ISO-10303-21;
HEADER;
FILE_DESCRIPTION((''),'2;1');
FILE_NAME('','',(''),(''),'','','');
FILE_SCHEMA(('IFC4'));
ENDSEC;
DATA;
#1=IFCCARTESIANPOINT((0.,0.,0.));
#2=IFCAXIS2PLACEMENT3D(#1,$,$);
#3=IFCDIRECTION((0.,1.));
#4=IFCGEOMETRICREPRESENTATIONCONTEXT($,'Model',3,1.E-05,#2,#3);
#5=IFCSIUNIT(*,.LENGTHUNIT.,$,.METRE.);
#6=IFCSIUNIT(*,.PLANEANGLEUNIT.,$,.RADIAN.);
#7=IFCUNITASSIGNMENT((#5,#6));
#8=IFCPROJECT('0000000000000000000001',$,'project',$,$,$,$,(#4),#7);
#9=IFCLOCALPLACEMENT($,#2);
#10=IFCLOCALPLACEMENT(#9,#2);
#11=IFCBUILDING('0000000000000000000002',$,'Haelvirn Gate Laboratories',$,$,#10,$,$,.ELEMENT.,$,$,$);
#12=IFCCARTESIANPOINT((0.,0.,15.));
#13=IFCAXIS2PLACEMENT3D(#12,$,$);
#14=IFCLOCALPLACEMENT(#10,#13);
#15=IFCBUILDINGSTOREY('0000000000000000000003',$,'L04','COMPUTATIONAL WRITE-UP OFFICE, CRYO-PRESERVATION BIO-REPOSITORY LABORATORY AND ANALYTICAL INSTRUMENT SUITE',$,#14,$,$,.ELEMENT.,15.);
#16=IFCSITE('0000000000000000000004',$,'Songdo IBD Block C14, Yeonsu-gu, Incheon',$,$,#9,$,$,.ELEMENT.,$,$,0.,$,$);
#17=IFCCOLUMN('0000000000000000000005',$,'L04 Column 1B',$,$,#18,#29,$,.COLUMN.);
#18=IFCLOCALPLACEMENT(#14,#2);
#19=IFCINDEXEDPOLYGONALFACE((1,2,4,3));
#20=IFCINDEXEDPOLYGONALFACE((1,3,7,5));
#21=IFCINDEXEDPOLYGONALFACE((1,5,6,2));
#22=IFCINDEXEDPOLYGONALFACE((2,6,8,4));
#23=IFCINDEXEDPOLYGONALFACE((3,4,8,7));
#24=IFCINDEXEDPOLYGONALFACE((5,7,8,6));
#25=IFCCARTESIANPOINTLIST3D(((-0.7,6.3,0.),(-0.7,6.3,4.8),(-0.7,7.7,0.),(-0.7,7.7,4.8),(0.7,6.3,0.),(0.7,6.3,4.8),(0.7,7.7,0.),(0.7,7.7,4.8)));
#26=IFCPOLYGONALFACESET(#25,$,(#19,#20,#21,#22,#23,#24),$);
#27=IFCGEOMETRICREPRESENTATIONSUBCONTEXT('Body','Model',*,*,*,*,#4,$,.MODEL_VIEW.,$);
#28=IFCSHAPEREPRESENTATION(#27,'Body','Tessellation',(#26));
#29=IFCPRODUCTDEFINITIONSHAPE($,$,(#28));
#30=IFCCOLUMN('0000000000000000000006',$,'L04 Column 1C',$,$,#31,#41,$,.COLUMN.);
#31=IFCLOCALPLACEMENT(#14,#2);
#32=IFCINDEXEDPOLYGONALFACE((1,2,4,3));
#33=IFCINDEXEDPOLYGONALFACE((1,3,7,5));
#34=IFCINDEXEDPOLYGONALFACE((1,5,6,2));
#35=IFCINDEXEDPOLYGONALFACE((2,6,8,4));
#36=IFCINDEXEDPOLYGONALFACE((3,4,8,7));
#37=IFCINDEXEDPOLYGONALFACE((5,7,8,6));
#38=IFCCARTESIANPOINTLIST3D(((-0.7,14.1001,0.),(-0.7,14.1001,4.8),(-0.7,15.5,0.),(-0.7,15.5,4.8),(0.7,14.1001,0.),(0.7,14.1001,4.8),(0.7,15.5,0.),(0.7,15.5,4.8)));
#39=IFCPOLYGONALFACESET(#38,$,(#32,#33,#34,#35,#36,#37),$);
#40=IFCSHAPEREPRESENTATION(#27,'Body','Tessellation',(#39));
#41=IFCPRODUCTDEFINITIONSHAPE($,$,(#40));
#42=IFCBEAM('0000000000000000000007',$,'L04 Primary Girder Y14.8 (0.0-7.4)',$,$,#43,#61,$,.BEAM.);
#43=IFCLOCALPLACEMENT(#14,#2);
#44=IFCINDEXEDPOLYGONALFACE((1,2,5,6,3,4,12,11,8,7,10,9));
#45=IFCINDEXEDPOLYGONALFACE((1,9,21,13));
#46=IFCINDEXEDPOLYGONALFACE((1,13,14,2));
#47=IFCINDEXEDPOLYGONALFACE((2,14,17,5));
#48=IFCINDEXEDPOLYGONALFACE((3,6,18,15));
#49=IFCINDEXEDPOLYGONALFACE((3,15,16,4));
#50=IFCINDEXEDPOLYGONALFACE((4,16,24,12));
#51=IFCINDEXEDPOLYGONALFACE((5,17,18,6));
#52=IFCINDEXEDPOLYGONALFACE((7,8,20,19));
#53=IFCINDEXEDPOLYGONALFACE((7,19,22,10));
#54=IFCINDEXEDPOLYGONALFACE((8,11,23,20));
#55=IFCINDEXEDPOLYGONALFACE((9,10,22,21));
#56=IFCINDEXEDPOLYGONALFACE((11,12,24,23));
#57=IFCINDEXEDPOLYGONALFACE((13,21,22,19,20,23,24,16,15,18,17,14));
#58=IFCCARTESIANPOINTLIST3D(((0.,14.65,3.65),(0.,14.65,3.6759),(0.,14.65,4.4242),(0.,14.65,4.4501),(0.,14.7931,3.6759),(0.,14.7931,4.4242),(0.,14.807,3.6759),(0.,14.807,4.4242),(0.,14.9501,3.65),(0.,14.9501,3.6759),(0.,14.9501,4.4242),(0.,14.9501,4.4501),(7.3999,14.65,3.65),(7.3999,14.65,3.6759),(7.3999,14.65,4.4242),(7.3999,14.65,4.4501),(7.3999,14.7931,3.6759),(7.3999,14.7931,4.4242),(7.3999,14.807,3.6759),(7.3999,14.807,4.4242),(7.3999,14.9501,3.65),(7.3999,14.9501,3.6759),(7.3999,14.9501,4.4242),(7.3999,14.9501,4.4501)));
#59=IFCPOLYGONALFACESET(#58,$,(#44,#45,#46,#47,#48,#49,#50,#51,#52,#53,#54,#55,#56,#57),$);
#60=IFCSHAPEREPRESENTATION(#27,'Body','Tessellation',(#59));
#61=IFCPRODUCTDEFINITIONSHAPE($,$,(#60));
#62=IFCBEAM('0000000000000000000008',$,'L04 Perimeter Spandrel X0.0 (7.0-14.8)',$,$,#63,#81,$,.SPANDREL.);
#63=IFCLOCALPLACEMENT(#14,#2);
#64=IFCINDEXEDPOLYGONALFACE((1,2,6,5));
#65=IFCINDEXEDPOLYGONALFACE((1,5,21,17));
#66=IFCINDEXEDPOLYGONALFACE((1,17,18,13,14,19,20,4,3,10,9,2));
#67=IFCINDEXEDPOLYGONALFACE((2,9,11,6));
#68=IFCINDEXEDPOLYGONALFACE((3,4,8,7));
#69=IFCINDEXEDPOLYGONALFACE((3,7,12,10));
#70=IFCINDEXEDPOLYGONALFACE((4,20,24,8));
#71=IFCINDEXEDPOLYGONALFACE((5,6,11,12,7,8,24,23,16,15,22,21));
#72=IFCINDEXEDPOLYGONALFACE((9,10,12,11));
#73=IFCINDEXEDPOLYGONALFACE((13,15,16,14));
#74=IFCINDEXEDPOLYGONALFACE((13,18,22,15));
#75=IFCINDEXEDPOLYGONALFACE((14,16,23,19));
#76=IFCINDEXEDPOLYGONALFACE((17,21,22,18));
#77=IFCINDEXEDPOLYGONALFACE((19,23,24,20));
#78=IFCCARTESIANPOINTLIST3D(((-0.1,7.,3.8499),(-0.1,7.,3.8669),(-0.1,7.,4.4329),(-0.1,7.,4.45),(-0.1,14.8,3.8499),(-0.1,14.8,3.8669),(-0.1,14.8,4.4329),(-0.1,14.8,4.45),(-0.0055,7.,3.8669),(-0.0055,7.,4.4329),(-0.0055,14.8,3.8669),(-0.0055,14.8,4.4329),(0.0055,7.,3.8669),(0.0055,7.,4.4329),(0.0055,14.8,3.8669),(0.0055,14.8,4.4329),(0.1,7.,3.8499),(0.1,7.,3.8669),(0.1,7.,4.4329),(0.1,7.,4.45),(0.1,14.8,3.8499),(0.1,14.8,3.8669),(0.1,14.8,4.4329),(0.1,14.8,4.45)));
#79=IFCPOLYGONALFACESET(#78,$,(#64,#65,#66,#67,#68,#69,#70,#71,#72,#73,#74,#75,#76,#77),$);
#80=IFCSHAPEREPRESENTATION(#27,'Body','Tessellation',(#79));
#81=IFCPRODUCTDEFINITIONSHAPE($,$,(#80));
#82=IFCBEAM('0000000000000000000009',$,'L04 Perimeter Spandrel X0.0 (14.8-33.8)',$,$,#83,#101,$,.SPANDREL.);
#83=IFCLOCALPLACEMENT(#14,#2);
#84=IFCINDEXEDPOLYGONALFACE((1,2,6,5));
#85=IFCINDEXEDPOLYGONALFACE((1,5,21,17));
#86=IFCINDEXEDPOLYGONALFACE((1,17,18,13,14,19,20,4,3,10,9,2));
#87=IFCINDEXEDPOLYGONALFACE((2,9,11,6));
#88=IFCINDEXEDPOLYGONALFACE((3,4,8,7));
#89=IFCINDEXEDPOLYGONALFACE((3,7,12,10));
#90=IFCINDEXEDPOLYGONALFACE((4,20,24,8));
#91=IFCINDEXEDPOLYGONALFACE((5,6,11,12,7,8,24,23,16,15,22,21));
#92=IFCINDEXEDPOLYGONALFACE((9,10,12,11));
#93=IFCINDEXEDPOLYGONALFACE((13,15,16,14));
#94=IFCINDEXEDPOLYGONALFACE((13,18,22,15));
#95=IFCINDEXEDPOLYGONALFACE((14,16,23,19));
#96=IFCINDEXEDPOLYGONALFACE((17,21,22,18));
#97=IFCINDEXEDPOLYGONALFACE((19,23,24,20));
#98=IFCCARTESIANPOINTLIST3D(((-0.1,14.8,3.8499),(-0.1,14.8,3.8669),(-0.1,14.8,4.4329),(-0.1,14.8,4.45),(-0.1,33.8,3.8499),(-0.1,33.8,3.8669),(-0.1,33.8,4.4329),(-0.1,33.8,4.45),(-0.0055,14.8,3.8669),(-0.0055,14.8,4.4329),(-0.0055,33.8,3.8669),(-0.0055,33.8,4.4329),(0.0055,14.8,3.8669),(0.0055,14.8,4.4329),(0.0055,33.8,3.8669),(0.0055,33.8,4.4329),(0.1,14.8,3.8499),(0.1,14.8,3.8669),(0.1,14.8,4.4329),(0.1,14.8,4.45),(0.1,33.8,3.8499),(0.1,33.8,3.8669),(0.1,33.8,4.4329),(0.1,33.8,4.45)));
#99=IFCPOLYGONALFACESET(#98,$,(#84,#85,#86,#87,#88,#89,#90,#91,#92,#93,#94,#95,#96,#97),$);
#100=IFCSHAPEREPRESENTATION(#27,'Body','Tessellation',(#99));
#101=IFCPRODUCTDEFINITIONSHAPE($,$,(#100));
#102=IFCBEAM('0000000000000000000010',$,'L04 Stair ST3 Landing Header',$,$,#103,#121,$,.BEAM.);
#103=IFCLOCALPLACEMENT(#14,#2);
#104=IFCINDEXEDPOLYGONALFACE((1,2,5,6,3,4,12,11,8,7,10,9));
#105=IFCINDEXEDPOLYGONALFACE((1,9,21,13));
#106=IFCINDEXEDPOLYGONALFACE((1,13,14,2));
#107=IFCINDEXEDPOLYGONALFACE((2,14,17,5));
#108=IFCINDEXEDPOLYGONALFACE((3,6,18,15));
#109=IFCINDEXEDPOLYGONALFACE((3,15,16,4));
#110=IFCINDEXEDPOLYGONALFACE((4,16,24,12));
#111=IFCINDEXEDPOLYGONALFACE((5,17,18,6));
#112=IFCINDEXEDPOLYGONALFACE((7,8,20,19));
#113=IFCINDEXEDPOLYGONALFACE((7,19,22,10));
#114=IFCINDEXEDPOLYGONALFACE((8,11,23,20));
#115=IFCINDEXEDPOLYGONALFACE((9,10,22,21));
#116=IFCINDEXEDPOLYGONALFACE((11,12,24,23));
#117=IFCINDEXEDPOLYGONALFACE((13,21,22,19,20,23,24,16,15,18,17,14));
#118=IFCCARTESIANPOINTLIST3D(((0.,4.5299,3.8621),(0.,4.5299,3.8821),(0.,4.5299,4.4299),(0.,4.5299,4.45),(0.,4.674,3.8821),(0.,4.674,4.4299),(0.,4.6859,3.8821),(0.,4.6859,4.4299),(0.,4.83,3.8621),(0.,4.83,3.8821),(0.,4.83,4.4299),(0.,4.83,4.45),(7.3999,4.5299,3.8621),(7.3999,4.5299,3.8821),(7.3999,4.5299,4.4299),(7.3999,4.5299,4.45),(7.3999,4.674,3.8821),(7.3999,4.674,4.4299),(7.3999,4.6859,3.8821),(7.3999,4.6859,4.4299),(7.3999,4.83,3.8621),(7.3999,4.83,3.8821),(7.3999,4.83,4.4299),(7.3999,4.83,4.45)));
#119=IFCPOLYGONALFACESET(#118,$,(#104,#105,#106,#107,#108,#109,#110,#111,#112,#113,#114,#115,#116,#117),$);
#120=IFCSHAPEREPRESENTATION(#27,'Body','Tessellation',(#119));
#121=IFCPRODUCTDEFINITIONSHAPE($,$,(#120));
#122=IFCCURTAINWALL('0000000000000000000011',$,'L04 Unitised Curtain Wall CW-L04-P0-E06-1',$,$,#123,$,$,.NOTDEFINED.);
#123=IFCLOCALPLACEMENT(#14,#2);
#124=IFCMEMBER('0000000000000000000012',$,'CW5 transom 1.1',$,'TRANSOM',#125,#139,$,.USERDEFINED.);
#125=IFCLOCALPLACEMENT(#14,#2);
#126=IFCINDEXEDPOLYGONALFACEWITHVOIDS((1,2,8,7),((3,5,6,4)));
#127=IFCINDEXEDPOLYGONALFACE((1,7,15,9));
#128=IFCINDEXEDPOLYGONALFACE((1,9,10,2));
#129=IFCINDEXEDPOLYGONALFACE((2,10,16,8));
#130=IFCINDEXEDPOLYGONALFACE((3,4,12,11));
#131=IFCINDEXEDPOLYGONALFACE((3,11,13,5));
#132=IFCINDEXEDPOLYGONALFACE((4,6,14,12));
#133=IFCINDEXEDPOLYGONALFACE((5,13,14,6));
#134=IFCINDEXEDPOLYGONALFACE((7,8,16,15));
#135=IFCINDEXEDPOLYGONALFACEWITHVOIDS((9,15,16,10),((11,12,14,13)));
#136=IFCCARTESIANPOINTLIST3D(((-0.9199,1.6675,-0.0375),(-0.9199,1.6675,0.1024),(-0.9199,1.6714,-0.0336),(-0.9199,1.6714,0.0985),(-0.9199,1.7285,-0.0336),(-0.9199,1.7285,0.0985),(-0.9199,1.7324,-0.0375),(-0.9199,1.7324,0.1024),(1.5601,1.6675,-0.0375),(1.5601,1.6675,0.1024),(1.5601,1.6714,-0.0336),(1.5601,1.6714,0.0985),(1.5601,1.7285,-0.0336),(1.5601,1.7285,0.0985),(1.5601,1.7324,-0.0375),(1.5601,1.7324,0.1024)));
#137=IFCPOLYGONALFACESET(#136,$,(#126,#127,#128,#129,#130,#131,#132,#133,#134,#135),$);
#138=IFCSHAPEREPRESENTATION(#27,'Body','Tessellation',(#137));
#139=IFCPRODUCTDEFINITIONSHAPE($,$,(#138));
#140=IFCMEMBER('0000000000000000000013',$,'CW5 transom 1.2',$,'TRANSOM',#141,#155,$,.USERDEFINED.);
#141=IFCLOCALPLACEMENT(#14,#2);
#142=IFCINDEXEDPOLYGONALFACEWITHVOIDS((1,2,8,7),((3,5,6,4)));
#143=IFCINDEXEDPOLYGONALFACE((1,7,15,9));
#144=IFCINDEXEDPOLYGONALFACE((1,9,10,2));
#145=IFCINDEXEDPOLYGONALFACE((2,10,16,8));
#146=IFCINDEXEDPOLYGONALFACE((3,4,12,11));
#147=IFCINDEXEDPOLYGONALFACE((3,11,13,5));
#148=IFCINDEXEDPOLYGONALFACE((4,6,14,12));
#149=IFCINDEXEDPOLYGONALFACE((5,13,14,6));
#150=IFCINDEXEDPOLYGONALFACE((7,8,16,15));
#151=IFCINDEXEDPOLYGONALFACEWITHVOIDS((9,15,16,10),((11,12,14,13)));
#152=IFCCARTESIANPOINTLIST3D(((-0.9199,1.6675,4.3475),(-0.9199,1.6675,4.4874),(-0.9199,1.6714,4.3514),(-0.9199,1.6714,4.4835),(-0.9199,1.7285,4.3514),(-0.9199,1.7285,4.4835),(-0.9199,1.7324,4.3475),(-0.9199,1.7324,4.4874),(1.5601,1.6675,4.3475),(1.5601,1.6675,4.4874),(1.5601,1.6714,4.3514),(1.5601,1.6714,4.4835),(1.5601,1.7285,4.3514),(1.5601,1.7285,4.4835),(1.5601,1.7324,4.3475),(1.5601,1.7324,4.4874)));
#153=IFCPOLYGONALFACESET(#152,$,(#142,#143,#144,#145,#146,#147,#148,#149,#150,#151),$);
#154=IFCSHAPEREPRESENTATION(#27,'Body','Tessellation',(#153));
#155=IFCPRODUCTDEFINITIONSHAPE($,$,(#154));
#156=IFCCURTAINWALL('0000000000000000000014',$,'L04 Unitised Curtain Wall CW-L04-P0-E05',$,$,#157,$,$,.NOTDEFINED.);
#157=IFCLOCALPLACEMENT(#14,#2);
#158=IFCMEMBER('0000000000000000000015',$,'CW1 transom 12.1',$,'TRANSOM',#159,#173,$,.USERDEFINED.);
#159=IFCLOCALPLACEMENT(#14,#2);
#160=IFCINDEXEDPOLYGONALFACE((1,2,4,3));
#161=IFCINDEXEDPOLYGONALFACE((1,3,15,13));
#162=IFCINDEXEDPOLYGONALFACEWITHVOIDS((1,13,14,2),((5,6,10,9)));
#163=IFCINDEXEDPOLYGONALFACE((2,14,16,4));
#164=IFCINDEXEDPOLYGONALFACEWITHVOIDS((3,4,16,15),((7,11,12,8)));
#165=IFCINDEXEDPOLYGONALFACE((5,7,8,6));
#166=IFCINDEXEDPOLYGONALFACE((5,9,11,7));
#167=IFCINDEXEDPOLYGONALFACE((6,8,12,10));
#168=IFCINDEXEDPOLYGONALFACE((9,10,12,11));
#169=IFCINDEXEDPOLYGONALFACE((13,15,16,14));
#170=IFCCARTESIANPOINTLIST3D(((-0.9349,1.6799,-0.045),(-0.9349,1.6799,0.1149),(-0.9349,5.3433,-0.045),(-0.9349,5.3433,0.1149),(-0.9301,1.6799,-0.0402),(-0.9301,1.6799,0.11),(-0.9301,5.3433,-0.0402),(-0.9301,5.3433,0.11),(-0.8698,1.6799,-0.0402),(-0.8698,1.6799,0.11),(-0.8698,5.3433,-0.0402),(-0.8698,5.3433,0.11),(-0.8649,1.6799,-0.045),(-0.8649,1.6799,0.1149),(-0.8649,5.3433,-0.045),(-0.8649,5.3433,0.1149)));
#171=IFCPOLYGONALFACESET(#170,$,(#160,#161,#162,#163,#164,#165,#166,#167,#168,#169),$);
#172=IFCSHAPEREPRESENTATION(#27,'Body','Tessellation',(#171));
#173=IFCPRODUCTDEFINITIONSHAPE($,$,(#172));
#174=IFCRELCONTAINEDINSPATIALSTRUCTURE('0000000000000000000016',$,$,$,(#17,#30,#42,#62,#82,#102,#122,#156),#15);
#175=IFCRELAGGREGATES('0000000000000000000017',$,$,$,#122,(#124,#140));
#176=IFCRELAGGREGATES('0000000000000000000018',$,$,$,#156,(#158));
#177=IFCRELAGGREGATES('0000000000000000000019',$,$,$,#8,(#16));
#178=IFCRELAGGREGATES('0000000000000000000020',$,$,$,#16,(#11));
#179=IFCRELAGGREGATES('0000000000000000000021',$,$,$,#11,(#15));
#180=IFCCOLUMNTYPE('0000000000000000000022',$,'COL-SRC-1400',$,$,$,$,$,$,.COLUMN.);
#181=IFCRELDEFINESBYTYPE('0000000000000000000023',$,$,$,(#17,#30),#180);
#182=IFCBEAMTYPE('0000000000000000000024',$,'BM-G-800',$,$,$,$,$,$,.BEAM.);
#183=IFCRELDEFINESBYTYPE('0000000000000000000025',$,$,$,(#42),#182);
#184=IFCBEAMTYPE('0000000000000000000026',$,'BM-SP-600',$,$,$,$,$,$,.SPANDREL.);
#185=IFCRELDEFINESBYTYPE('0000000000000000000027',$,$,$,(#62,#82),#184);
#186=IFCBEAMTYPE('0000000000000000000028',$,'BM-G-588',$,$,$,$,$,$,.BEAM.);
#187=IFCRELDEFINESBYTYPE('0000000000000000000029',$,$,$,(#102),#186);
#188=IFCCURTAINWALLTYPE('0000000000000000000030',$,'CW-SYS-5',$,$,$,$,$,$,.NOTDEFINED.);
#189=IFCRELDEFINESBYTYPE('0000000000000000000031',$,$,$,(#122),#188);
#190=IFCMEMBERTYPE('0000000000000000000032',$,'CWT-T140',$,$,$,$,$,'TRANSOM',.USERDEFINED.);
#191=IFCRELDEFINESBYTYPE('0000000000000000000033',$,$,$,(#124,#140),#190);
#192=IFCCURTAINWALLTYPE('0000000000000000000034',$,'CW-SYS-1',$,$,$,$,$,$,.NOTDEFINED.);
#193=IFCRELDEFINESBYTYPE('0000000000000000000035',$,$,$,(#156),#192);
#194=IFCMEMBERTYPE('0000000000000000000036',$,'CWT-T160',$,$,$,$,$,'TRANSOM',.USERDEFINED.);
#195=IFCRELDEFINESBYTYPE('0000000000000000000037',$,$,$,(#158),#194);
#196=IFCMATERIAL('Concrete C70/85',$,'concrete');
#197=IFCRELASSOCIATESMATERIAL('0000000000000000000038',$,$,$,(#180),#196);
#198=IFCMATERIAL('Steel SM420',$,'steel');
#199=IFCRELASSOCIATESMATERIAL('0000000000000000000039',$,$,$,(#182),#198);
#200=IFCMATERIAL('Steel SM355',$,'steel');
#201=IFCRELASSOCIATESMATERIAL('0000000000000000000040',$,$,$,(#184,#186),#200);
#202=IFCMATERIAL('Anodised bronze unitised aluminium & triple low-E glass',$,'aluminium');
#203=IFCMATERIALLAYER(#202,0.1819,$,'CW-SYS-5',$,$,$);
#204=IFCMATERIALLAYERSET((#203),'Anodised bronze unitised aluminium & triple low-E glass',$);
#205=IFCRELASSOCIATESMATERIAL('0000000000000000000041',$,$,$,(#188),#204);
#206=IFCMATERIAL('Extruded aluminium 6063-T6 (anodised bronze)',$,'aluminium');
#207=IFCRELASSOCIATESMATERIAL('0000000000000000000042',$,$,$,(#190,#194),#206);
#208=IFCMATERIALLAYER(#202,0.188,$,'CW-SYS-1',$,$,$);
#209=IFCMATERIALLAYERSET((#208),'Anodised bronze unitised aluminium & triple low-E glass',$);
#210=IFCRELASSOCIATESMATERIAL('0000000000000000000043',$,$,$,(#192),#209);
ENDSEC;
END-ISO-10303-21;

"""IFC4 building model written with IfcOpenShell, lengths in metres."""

from ifc_helpers import new_model, si_unit, direction, frame, origin, origin_2d, place, context, subcontext, project, spatial, rectangle, hollow_rectangle, i_section, extrude, source, transform, mapped, material, layer, layer_set, material_profile, profile_set, type_object, type_shapes, element, aggregate, save


model = new_model("IFC4")

# Units and contexts
model_context = context("Model", 3, precision=1e-05, world=origin(), true_north=direction((0.0, 1.0)))
body_context = subcontext(model_context, "Body", "Model", "MODEL_VIEW")
ifc_project = project(units=[si_unit("LENGTHUNIT", "METRE"), si_unit("PLANEANGLEUNIT", "RADIAN")], contexts=[model_context])

# Site, building, storey
site_placement = place(None, origin())
site = spatial("IfcSite", under=ifc_project, at=site_placement, Name="Songdo IBD Block C14, Yeonsu-gu, Incheon", CompositionType="ELEMENT", RefElevation=0.0)
building_placement = place(site_placement, origin())
building = spatial("IfcBuilding", under=site, at=building_placement, Name="Haelvirn Gate Laboratories", CompositionType="ELEMENT")
storey_placement = place(building_placement, frame((0.0, 0.0, 15.0)))
storey = spatial("IfcBuildingStorey", under=building, at=storey_placement, Name="L04", Description="COMPUTATIONAL WRITE-UP OFFICE, CRYO-PRESERVATION BIO-REPOSITORY LABORATORY AND ANALYTICAL INSTRUMENT SUITE", CompositionType="ELEMENT", Elevation=15.0)

# Columns
ifc_material_1 = material(Name="Concrete C70/85", Category="concrete")
ifc_material_profile_1 = material_profile(ifc_material_1, rectangle(XDim=1.3999, YDim=1.3999, at=origin_2d()), Name="SRC-1400x1400")
ifc_profile_set_1 = profile_set([ifc_material_profile_1], Name="Concrete C70/85")
column_type = type_object("IfcColumnType", Name="COL-SRC-1400", PredefinedType="COLUMN", material=ifc_profile_set_1)
shared_shape_1 = source(origin(), body_context, "Body", "SweptSolid", [
    extrude(rectangle(XDim=1.3999, YDim=1.3999, at=origin_2d()), origin(), (0.0, 0.0, 1.0), 4.8),
])
type_shapes(column_type, [shared_shape_1])
for number, where, z_axis, x_axis, name in (
    (1, (0.0, 7.0, 0.0), (0.0, 0.0, 1.0), (1.0, 0.0, 0.0), "L04 Column 1B"),
    (2, (0.0, 14.8, 0.0), (0.0, 0.0, 1.0), (1.0, 0.0, 0.0), "L04 Column 1C"),
):
    element("IfcColumn", number, at=place(storey_placement, frame(where, z_axis=z_axis, x_axis=x_axis)), inside=storey, type_object=column_type, Name=name, PredefinedType="COLUMN", context=body_context, shape_type="MappedRepresentation", body=[
        mapped(shared_shape_1, transform((0.0, 0.0, 0.0), scale=1.0)),
    ])

# Beams
ifc_material_2 = material(Name="Steel SM420", Category="steel")
ifc_material_profile_2 = material_profile(ifc_material_2, i_section(OverallWidth=0.3, OverallDepth=0.8, WebThickness=0.0139, FlangeThickness=0.0259, at=origin_2d()), Name="H-800x300x14x26")
ifc_profile_set_2 = profile_set([ifc_material_profile_2], Name="Steel SM420")
beam_type_1 = type_object("IfcBeamType", Name="BM-G-800", PredefinedType="BEAM", material=ifc_profile_set_2)
shared_shape_2 = source(origin(), body_context, "Body", "SweptSolid", [
    extrude(i_section(OverallWidth=0.3, OverallDepth=0.8, WebThickness=0.0139, FlangeThickness=0.0259, at=origin_2d()), origin(), (0.0, 0.0, 1.0), 7.3999),
])
type_shapes(beam_type_1, [shared_shape_2])
beam_1_placement = place(storey_placement, frame((0.0, 14.8, 4.05), z_axis=(1.0, 0.0, 0.0), x_axis=(0.0, 1.0, 0.0)))
element("IfcBeam", 3, at=beam_1_placement, inside=storey, type_object=beam_type_1, Name="L04 Primary Girder Y14.8 (0.0-7.4)", PredefinedType="BEAM", context=body_context, shape_type="MappedRepresentation", body=[
    mapped(shared_shape_2, transform((0.0, 0.0, 0.0), scale=1.0)),
])
ifc_material_3 = material(Name="Steel SM355", Category="steel")
ifc_material_profile_3 = material_profile(ifc_material_3, i_section(OverallWidth=0.2, OverallDepth=0.6001, WebThickness=0.011, FlangeThickness=0.0171, at=origin_2d()), Name="H-600x200x11x17")
ifc_profile_set_3 = profile_set([ifc_material_profile_3], Name="Steel SM355")
beam_type_2 = type_object("IfcBeamType", Name="BM-SP-600", PredefinedType="SPANDREL", material=ifc_profile_set_3)
shared_shape_3 = source(origin(), body_context, "Body", "SweptSolid", [
    extrude(i_section(OverallWidth=0.2, OverallDepth=0.6001, WebThickness=0.011, FlangeThickness=0.0171, at=origin_2d()), origin(), (0.0, 0.0, 1.0), 7.8),
])
beam_2_placement = place(storey_placement, frame((0.0, 7.0, 4.1499), z_axis=(0.0, 1.0, 0.0), x_axis=(-1.0, 0.0, 0.0)))
element("IfcBeam", 4, at=beam_2_placement, inside=storey, type_object=beam_type_2, Name="L04 Perimeter Spandrel X0.0 (7.0-14.8)", PredefinedType="SPANDREL", context=body_context, shape_type="MappedRepresentation", body=[
    mapped(shared_shape_3, transform((0.0, 0.0, 0.0), scale=1.0)),
])
shared_shape_4 = source(origin(), body_context, "Body", "SweptSolid", [
    extrude(i_section(OverallWidth=0.2, OverallDepth=0.6001, WebThickness=0.011, FlangeThickness=0.0171, at=origin_2d()), origin(), (0.0, 0.0, 1.0), 19.0),
])
type_shapes(beam_type_2, [shared_shape_3, shared_shape_4])
beam_3_placement = place(storey_placement, frame((0.0, 14.8, 4.1499), z_axis=(0.0, 1.0, 0.0), x_axis=(-1.0, 0.0, 0.0)))
element("IfcBeam", 5, at=beam_3_placement, inside=storey, type_object=beam_type_2, Name="L04 Perimeter Spandrel X0.0 (14.8-33.8)", PredefinedType="SPANDREL", context=body_context, shape_type="MappedRepresentation", body=[
    mapped(shared_shape_4, transform((0.0, 0.0, 0.0), scale=1.0)),
])
ifc_material_profile_4 = material_profile(ifc_material_3, i_section(OverallWidth=0.3, OverallDepth=0.5879, WebThickness=0.012, FlangeThickness=0.02, at=origin_2d()), Name="H-588x300x12x20")
ifc_profile_set_4 = profile_set([ifc_material_profile_4], Name="Steel SM355")
beam_type_3 = type_object("IfcBeamType", Name="BM-G-588", PredefinedType="BEAM", material=ifc_profile_set_4)
shared_shape_5 = source(origin(), body_context, "Body", "SweptSolid", [
    extrude(i_section(OverallWidth=0.3, OverallDepth=0.5879, WebThickness=0.012, FlangeThickness=0.02, at=origin_2d()), origin(), (0.0, 0.0, 1.0), 7.3999),
])
type_shapes(beam_type_3, [shared_shape_5])
beam_4_placement = place(storey_placement, frame((0.0, 4.6799, 4.156), z_axis=(1.0, 0.0, 0.0), x_axis=(0.0, 1.0, 0.0)))
element("IfcBeam", 6, at=beam_4_placement, inside=storey, type_object=beam_type_3, Name="L04 Stair ST3 Landing Header", PredefinedType="BEAM", context=body_context, shape_type="MappedRepresentation", body=[
    mapped(shared_shape_5, transform((0.0, 0.0, 0.0), scale=1.0)),
])

# Curtain walls, members
ifc_material_4 = material(Name="Anodised bronze unitised aluminium & triple low-E glass", Category="aluminium")
ifc_layer_1 = layer(ifc_material_4, 0.1819, Name="CW-SYS-5")
ifc_layer_set_1 = layer_set([ifc_layer_1], Name="Anodised bronze unitised aluminium & triple low-E glass")
curtain_wall_type_1 = type_object("IfcCurtainWallType", Name="CW-SYS-5", PredefinedType="NOTDEFINED", material=ifc_layer_set_1)
curtain_wall_1_placement = place(storey_placement, origin())
curtain_wall_1 = element("IfcCurtainWall", 7, at=curtain_wall_1_placement, inside=storey, type_object=curtain_wall_type_1, Name="L04 Unitised Curtain Wall CW-L04-P0-E06-1", PredefinedType="NOTDEFINED")
ifc_material_5 = material(Name="Extruded aluminium 6063-T6 (anodised bronze)", Category="aluminium")
ifc_material_profile_5 = material_profile(ifc_material_5, hollow_rectangle(XDim=0.0649, YDim=0.1399, WallThickness=0.0039, at=origin_2d()), Name="CWT-140x65x4")
ifc_profile_set_5 = profile_set([ifc_material_profile_5], Name="Extruded aluminium 6063-T6 (anodised bronze)")
member_type_1 = type_object("IfcMemberType", Name="CWT-T140", ElementType="TRANSOM", PredefinedType="USERDEFINED", material=ifc_profile_set_5)
shared_shape_6 = source(origin(), body_context, "Body", "SweptSolid", [
    extrude(hollow_rectangle(XDim=0.0649, YDim=0.1399, WallThickness=0.0039, at=origin_2d()), origin(), (0.0, 0.0, 1.0), 2.48),
])
type_shapes(member_type_1, [shared_shape_6])
member_1_placement = place(storey_placement, frame((-0.9199, 1.7, 0.0325), z_axis=(1.0, 0.0, 0.0), x_axis=(0.0, 1.0, 0.0)))
member_1 = element("IfcMember", 8, at=member_1_placement, type_object=member_type_1, Name="CW5 transom 1.1", ObjectType="TRANSOM", PredefinedType="USERDEFINED", context=body_context, shape_type="MappedRepresentation", body=[
    mapped(shared_shape_6, transform((0.0, 0.0, 0.0), scale=1.0)),
])
member_2_placement = place(storey_placement, frame((-0.9199, 1.7, 4.4175), z_axis=(1.0, 0.0, 0.0), x_axis=(0.0, 1.0, 0.0)))
member_2 = element("IfcMember", 9, at=member_2_placement, type_object=member_type_1, Name="CW5 transom 1.2", ObjectType="TRANSOM", PredefinedType="USERDEFINED", context=body_context, shape_type="MappedRepresentation", body=[
    mapped(shared_shape_6, transform((0.0, 0.0, 0.0), scale=1.0)),
])
ifc_layer_2 = layer(ifc_material_4, 0.188, Name="CW-SYS-1")
ifc_layer_set_2 = layer_set([ifc_layer_2], Name="Anodised bronze unitised aluminium & triple low-E glass")
curtain_wall_type_2 = type_object("IfcCurtainWallType", Name="CW-SYS-1", PredefinedType="NOTDEFINED", material=ifc_layer_set_2)
curtain_wall_2_placement = place(storey_placement, origin())
curtain_wall_2 = element("IfcCurtainWall", 10, at=curtain_wall_2_placement, inside=storey, type_object=curtain_wall_type_2, Name="L04 Unitised Curtain Wall CW-L04-P0-E05", PredefinedType="NOTDEFINED")
ifc_material_profile_6 = material_profile(ifc_material_5, hollow_rectangle(XDim=0.0701, YDim=0.1599, WallThickness=0.0049, at=origin_2d()), Name="CWT-160x70x5")
ifc_profile_set_6 = profile_set([ifc_material_profile_6], Name="Extruded aluminium 6063-T6 (anodised bronze)")
member_type_2 = type_object("IfcMemberType", Name="CWT-T160", ElementType="TRANSOM", PredefinedType="USERDEFINED", material=ifc_profile_set_6)
shared_shape_7 = source(origin(), body_context, "Body", "SweptSolid", [
    extrude(hollow_rectangle(XDim=0.0701, YDim=0.1599, WallThickness=0.0049, at=origin_2d()), origin(), (0.0, 0.0, 1.0), 3.6633),
])
member_3_placement = place(storey_placement, frame((-0.8999, 5.3433, 0.0349), z_axis=(0.0, -1.0, 0.0), x_axis=(1.0, 0.0, 0.0)))
member_3 = element("IfcMember", 11, at=member_3_placement, type_object=member_type_2, Name="CW1 transom 12.1", ObjectType="TRANSOM", PredefinedType="USERDEFINED", context=body_context, shape_type="MappedRepresentation", body=[
    mapped(shared_shape_7, transform((0.0, 0.0, 0.0), scale=1.0)),
])

aggregate(curtain_wall_1, [member_1, member_2])
aggregate(curtain_wall_2, [member_3])

save(model, "model.ifc")
